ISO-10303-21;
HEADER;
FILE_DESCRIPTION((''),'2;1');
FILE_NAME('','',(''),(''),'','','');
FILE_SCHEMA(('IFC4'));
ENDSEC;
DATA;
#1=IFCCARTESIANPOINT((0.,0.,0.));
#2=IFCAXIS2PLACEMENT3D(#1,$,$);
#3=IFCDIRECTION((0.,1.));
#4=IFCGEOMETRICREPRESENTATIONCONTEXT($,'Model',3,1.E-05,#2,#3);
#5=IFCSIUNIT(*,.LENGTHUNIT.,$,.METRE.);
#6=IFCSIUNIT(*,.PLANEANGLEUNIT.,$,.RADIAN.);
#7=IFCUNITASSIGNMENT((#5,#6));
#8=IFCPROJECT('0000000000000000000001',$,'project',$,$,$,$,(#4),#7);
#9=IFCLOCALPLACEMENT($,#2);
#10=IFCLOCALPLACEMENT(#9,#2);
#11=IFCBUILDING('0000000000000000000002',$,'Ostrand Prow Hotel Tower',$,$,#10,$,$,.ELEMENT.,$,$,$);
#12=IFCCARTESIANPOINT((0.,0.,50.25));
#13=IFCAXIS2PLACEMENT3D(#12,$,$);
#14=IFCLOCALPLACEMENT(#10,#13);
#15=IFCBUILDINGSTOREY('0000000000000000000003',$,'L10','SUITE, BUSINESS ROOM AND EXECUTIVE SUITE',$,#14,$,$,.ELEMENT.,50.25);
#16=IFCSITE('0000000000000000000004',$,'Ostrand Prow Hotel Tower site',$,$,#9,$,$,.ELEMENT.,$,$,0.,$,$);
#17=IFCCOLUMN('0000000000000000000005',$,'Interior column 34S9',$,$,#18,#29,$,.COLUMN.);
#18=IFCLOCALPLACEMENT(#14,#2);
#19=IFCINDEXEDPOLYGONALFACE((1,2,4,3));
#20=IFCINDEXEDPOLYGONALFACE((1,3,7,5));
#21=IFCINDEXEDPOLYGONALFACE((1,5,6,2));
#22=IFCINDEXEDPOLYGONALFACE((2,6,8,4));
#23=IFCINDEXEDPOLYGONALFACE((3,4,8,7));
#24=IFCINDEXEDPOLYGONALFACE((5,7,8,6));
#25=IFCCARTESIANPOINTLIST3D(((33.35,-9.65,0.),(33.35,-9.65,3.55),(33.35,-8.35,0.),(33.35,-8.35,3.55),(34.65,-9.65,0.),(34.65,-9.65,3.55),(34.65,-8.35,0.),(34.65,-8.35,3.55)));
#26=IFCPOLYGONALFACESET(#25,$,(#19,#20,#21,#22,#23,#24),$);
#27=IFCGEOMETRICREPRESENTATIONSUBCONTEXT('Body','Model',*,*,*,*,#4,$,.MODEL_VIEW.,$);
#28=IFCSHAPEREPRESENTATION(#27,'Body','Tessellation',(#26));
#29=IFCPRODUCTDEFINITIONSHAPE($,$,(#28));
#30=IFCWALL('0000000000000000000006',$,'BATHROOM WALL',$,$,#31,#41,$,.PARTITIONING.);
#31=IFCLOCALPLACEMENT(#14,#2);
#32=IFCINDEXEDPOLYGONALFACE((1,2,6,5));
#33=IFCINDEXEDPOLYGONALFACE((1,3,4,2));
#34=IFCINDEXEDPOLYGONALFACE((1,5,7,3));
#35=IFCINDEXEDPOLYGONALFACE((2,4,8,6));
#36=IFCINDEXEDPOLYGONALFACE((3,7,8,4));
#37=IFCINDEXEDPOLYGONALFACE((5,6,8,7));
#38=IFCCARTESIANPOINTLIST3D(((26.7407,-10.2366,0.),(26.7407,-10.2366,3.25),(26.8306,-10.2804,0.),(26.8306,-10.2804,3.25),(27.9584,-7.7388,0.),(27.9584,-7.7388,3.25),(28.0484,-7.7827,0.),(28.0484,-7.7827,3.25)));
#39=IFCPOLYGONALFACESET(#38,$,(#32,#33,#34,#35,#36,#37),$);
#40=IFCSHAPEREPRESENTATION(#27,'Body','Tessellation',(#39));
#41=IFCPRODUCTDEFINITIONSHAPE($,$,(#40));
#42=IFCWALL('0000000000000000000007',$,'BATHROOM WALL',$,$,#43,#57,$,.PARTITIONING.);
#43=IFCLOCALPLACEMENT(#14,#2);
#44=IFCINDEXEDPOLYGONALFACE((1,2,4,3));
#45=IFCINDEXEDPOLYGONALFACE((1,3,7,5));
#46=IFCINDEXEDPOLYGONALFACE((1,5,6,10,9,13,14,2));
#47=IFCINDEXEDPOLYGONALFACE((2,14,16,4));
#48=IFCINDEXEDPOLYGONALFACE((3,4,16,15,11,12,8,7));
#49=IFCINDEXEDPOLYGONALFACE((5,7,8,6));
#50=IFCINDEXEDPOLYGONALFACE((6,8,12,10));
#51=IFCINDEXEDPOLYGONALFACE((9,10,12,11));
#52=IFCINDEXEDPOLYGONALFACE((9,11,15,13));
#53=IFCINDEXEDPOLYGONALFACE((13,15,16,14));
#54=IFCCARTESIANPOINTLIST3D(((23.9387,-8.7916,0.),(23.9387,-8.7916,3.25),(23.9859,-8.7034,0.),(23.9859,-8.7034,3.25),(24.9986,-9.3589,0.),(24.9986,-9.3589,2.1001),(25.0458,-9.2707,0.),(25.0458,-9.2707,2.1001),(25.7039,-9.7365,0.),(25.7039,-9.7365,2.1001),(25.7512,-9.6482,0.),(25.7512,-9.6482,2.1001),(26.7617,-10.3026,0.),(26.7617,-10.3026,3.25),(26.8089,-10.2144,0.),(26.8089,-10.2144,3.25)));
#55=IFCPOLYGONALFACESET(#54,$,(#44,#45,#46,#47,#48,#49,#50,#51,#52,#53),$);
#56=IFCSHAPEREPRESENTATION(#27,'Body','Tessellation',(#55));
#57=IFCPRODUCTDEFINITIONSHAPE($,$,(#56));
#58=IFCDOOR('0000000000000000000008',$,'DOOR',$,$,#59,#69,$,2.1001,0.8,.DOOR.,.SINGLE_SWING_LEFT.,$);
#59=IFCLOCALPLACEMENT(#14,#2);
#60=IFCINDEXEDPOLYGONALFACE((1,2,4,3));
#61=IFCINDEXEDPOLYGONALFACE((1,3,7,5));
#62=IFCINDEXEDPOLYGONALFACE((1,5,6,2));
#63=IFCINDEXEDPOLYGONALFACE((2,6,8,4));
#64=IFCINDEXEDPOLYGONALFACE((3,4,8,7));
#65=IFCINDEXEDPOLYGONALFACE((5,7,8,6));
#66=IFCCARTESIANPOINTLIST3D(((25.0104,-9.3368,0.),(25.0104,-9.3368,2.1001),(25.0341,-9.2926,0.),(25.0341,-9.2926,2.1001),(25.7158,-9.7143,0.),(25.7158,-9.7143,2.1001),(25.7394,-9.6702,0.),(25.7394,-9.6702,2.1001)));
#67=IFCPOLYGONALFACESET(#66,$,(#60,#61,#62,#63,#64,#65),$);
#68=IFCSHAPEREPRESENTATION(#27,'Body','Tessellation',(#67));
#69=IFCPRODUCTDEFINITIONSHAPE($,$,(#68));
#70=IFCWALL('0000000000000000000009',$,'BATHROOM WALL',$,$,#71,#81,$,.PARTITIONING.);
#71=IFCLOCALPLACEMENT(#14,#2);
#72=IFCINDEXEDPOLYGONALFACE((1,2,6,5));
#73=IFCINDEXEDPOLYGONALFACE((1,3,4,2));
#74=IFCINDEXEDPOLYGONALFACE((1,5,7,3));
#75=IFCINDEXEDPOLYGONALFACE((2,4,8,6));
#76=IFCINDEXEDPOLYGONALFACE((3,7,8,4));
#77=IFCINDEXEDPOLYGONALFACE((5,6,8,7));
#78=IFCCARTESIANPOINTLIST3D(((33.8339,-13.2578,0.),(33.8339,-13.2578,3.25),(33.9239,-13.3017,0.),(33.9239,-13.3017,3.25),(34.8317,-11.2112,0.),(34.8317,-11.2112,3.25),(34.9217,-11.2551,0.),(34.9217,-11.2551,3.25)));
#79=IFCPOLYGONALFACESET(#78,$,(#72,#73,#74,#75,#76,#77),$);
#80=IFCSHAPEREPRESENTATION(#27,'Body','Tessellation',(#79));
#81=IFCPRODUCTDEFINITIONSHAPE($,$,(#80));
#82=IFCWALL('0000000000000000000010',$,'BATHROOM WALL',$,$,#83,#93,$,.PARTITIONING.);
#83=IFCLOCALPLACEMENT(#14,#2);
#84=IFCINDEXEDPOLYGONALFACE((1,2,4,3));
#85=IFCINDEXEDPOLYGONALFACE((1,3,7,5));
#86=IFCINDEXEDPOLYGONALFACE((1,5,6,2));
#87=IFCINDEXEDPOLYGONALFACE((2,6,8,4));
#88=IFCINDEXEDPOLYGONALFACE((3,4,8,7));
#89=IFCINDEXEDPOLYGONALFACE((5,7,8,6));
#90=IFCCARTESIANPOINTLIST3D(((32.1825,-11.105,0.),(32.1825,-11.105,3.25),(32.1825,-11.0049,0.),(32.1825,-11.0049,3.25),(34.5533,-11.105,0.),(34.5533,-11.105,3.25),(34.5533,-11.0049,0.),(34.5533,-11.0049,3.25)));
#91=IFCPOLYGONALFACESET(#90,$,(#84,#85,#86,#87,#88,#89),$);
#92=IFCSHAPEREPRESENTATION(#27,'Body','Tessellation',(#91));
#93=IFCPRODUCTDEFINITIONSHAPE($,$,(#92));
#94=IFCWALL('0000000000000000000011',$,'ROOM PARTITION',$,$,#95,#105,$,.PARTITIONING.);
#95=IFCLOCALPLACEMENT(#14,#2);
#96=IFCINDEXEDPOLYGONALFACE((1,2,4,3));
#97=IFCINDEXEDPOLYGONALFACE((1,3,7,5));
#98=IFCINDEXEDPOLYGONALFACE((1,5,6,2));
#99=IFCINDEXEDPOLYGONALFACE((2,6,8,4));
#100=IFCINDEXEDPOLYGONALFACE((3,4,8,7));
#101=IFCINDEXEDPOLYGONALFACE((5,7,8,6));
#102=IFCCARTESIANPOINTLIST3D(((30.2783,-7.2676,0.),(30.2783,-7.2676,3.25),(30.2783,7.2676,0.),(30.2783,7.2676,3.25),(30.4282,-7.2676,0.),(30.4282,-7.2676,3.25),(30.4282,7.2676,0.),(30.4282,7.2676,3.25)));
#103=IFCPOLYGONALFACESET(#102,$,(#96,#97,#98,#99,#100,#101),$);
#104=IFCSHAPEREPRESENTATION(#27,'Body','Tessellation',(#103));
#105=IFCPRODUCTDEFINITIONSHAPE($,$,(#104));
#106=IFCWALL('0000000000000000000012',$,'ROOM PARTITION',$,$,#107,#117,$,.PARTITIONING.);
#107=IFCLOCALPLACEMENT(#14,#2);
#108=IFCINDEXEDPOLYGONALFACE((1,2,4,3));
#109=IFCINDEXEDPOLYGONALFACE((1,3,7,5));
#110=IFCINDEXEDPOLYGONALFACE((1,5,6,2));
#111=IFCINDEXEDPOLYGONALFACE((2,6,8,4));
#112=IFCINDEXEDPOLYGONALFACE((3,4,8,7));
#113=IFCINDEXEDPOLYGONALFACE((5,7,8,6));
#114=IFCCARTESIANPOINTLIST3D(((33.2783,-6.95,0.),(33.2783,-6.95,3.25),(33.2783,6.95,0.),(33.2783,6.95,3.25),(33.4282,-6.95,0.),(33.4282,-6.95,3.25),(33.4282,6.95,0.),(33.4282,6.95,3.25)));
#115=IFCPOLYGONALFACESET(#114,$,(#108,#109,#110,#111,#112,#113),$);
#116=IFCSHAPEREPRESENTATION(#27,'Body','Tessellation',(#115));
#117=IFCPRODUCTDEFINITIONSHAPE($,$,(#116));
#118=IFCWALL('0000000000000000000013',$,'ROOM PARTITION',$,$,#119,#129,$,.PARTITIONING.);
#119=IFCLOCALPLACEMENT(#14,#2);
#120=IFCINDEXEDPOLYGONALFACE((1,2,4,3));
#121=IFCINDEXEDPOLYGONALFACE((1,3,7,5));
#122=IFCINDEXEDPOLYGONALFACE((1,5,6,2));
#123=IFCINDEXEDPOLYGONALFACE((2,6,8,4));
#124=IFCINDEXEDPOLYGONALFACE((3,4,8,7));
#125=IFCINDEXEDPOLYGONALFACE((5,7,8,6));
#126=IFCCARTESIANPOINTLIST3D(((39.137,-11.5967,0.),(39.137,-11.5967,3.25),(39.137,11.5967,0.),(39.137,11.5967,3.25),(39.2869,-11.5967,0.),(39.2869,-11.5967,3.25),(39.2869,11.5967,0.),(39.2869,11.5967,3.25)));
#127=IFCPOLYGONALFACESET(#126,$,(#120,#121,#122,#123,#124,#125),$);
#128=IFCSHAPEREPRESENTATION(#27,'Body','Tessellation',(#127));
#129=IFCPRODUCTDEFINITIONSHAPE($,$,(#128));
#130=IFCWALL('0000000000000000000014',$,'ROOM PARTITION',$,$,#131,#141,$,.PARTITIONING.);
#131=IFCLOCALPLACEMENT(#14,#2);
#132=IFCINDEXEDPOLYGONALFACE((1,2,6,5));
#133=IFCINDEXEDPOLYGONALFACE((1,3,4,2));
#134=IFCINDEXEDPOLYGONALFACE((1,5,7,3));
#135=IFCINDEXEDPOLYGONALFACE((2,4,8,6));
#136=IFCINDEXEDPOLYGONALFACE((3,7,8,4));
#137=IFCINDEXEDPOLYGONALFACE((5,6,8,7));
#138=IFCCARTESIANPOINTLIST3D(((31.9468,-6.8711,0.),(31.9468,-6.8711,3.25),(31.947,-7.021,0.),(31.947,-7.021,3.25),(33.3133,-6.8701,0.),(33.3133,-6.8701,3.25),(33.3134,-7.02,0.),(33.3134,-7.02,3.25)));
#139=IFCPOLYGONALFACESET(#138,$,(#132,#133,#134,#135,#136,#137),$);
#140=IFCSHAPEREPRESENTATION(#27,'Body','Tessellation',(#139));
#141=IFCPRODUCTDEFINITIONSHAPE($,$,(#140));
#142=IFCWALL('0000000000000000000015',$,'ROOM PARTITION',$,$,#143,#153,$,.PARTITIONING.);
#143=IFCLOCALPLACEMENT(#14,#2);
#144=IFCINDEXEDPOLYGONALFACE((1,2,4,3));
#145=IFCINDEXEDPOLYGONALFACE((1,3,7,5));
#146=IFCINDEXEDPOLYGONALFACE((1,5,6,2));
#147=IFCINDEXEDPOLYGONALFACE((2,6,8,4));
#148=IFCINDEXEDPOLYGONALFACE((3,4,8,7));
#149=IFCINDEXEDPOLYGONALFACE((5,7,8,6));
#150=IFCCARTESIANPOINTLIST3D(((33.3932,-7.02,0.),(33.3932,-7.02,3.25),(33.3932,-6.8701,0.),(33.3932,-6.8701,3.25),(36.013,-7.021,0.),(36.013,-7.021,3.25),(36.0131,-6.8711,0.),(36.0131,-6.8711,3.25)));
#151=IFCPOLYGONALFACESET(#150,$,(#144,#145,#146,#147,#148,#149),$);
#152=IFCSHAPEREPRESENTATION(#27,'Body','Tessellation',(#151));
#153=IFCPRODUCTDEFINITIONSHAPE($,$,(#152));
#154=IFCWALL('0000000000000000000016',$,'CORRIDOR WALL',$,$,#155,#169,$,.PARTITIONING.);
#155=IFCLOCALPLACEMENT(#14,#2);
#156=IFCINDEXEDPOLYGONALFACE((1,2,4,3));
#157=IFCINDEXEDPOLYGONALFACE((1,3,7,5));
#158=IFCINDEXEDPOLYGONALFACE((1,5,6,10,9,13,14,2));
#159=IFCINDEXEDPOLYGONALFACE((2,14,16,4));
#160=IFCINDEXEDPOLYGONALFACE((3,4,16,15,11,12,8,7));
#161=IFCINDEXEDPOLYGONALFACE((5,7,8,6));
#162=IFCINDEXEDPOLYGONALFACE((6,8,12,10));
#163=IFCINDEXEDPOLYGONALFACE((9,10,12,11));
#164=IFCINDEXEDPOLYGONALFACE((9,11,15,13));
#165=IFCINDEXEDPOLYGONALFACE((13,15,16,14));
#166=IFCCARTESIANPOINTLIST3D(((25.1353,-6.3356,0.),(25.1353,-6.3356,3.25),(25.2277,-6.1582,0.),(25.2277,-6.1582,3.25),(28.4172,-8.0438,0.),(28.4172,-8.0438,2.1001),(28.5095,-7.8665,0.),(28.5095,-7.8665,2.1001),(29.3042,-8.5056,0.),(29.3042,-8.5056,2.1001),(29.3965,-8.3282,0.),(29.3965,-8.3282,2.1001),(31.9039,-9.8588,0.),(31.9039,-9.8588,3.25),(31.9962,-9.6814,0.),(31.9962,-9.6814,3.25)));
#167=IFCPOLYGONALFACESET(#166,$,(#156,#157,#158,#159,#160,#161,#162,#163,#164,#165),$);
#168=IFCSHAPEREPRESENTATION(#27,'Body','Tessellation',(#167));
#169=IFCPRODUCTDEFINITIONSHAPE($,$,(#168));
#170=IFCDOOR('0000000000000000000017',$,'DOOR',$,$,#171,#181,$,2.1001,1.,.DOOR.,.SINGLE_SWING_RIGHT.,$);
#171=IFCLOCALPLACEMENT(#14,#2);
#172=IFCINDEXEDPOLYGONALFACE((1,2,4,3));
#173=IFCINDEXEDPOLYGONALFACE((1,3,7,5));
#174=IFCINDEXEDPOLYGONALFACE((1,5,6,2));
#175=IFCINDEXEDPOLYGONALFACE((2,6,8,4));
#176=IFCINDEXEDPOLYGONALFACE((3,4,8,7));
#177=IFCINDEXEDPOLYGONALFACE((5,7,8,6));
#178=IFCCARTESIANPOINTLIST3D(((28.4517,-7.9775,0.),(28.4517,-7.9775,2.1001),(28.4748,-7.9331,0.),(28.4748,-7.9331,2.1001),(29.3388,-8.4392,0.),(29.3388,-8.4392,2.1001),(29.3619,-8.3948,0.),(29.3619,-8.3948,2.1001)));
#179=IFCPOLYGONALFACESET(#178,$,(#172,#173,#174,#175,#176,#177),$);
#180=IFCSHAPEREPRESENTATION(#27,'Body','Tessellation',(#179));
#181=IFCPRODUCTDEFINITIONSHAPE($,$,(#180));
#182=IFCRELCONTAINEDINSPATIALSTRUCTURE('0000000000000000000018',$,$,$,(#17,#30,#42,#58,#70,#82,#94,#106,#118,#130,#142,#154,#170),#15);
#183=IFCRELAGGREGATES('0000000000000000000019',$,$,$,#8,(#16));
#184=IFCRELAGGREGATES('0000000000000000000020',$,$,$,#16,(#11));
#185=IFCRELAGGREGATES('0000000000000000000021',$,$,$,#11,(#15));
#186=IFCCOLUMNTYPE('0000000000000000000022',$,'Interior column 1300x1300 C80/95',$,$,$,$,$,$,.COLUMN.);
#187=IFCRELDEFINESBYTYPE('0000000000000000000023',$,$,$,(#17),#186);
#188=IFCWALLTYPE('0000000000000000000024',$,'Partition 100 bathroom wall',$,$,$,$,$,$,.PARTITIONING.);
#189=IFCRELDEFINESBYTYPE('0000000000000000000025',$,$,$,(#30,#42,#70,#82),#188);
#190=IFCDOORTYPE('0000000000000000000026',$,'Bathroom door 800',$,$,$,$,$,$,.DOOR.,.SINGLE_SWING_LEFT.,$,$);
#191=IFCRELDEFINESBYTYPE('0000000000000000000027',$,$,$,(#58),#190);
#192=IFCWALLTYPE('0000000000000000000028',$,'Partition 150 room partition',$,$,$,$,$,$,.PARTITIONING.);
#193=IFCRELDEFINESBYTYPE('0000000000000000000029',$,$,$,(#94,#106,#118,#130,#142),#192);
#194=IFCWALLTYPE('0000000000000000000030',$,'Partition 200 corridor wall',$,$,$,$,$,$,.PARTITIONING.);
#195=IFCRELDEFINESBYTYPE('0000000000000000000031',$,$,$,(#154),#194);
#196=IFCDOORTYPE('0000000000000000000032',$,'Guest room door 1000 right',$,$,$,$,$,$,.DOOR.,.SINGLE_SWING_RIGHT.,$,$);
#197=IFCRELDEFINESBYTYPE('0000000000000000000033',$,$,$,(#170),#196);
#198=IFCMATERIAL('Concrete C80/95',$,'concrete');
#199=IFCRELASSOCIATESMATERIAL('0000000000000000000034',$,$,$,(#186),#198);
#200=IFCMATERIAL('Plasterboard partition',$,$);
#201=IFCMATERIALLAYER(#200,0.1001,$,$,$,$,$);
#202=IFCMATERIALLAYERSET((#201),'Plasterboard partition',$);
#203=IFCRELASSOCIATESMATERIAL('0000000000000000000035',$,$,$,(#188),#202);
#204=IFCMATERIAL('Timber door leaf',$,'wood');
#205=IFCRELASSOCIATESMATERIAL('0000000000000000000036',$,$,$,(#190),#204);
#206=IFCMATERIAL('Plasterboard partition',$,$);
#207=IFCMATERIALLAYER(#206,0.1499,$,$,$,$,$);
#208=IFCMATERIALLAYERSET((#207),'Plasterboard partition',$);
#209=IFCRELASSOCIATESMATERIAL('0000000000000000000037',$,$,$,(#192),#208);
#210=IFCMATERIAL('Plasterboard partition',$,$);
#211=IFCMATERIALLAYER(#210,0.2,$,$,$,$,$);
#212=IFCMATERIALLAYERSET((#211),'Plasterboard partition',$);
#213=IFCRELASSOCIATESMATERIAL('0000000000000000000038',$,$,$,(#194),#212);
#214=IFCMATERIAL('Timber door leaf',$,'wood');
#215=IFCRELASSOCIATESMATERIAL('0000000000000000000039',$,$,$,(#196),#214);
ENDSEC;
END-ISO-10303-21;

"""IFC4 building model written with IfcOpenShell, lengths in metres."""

from ifc_helpers import new_model, si_unit, direction, frame, frame_2d, origin, origin_2d, place, context, subcontext, project, spatial, rectangle, extrude, material, layer, layer_set, material_profile, profile_set, type_object, element, fill, save


model = new_model("IFC4")

# Units and contexts
model_context = context("Model", 3, precision=1e-05, world=origin(), true_north=direction((0.0, 1.0)))
body_context = subcontext(model_context, "Body", "Model", "MODEL_VIEW")
ifc_project = project(units=[si_unit("LENGTHUNIT", "METRE"), si_unit("PLANEANGLEUNIT", "RADIAN")], contexts=[model_context])

# Site, building, storey
site_placement = place(None, origin())
site = spatial("IfcSite", under=ifc_project, at=site_placement, Name="Ostrand Prow Hotel Tower site", CompositionType="ELEMENT", RefElevation=0.0)
building_placement = place(site_placement, origin())
building = spatial("IfcBuilding", under=site, at=building_placement, Name="Ostrand Prow Hotel Tower", CompositionType="ELEMENT")
storey_placement = place(building_placement, frame((0.0, 0.0, 50.25)))
storey = spatial("IfcBuildingStorey", under=building, at=storey_placement, Name="L10", Description="SUITE, BUSINESS ROOM AND EXECUTIVE SUITE", CompositionType="ELEMENT", Elevation=50.25)

# Column
ifc_material_1 = material(Name="Concrete C80/95", Category="concrete")
ifc_material_profile = material_profile(ifc_material_1, rectangle(XDim=1.3, YDim=1.3, at=origin_2d()), Name="RC 1300x1300")
ifc_profile_set = profile_set([ifc_material_profile], Name="Concrete C80/95")
column_type = type_object("IfcColumnType", Name="Interior column 1300x1300 C80/95", PredefinedType="COLUMN", material=ifc_profile_set)
column_placement = place(storey_placement, frame((34.0, -9.0, 0.0), z_axis=(0.0, 0.0, 1.0), x_axis=(1.0, 0.0, 0.0)))
element("IfcColumn", 1, at=column_placement, inside=storey, type_object=column_type, Name="Interior column 34S9", PredefinedType="COLUMN", context=body_context, shape_type="SweptSolid", body=[
    extrude(rectangle(XDim=1.3, YDim=1.3, at=origin_2d()), origin(), (0.0, 0.0, 1.0), 3.55),
])

# Wall
ifc_material_2 = material(Name="Plasterboard partition")
ifc_layer_1 = layer(ifc_material_2, 0.1001)
ifc_layer_set_1 = layer_set([ifc_layer_1], Name="Plasterboard partition")
wall_type_1 = type_object("IfcWallType", Name="Partition 100 bathroom wall", PredefinedType="PARTITIONING", material=ifc_layer_set_1)
wall_1_placement = place(storey_placement, frame((28.0034, -7.7607, 0.0), z_axis=(0.0, 0.0, 1.0), x_axis=(-0.43823, -0.898863, 0.0)))
element("IfcWall", 2, at=wall_1_placement, inside=storey, type_object=wall_type_1, Name="BATHROOM WALL", PredefinedType="PARTITIONING", context=body_context, shape_type="SweptSolid", body=[
    extrude(rectangle(XDim=2.7788, YDim=0.1001, at=frame_2d((1.3894, 0.0))), origin(), (0.0, 0.0, 1.0), 3.25),
])

# Wall, opening, door
wall_2_placement = place(storey_placement, frame((26.7854, -10.2585, 0.0), z_axis=(0.0, 0.0, 1.0), x_axis=(-0.881653, 0.471898, 0.0)))
wall_2 = element("IfcWall", 3, at=wall_2_placement, inside=storey, type_object=wall_type_1, Name="BATHROOM WALL", PredefinedType="PARTITIONING", context=body_context, shape_type="SweptSolid", body=[
    extrude(rectangle(XDim=3.2019, YDim=0.1001, at=frame_2d((1.6011, 0.0))), origin(), (0.0, 0.0, 1.0), 3.25),
])
opening_1_placement = place(wall_2_placement, frame((1.2, 0.0, 0.0)))
opening_1 = element("IfcOpeningElement", 4, at=opening_1_placement, cuts=wall_2, PredefinedType="OPENING", context=body_context, shape_type="SweptSolid", body=[
    extrude(rectangle(XDim=0.8, YDim=2.1001, at=frame_2d((0.3999, 1.05))), frame((0.0, 0.0601, 0.0), z_axis=(0.0, -1.0, 0.0), x_axis=(1.0, 0.0, 0.0)), (0.0, 0.0, 1.0), 0.1201),
])
ifc_material_3 = material(Name="Timber door leaf", Category="wood")
door_type_1 = type_object("IfcDoorType", Name="Bathroom door 800", OperationType="SINGLE_SWING_LEFT", PredefinedType="DOOR", material=ifc_material_3)
door_1_placement = place(opening_1_placement, origin())
door_1 = element("IfcDoor", 5, at=door_1_placement, inside=storey, type_object=door_type_1, Name="DOOR", OperationType="SINGLE_SWING_LEFT", OverallHeight=2.1001, OverallWidth=0.8, PredefinedType="DOOR", context=body_context, shape_type="SweptSolid", body=[
    extrude(rectangle(XDim=0.8, YDim=2.1001, at=frame_2d((0.3999, 1.05))), frame((0.0, 0.0249, 0.0), z_axis=(0.0, -1.0, 0.0), x_axis=(1.0, 0.0, 0.0)), (0.0, 0.0, 1.0), 0.05),
])
fill(opening_1, door_1)

# Walls
wall_3_placement = place(storey_placement, frame((34.8767, -11.2332, 0.0), z_axis=(0.0, 0.0, 1.0), x_axis=(-0.438227, -0.898864, 0.0)))
element("IfcWall", 6, at=wall_3_placement, inside=storey, type_object=wall_type_1, Name="BATHROOM WALL", PredefinedType="PARTITIONING", context=body_context, shape_type="SweptSolid", body=[
    extrude(rectangle(XDim=2.2769, YDim=0.1001, at=frame_2d((1.1384, 0.0))), origin(), (0.0, 0.0, 1.0), 3.25),
])
wall_4_placement = place(storey_placement, frame((32.1824, -11.0549, 0.0), z_axis=(0.0, 0.0, 1.0), x_axis=(1.0, 0.0, 0.0)))
element("IfcWall", 7, at=wall_4_placement, inside=storey, type_object=wall_type_1, Name="BATHROOM WALL", PredefinedType="PARTITIONING", context=body_context, shape_type="SweptSolid", body=[
    extrude(rectangle(XDim=2.3708, YDim=0.1001, at=frame_2d((1.1855, 0.0))), origin(), (0.0, 0.0, 1.0), 3.25),
])
ifc_material_4 = material(Name="Plasterboard partition")
ifc_layer_2 = layer(ifc_material_4, 0.1499)
ifc_layer_set_2 = layer_set([ifc_layer_2], Name="Plasterboard partition")
wall_type_2 = type_object("IfcWallType", Name="Partition 150 room partition", PredefinedType="PARTITIONING", material=ifc_layer_set_2)
wall_5_placement = place(storey_placement, frame((30.3533, -7.2676, 0.0), z_axis=(0.0, 0.0, 1.0), x_axis=(0.0, 1.0, 0.0)))
element("IfcWall", 8, at=wall_5_placement, inside=storey, type_object=wall_type_2, Name="ROOM PARTITION", PredefinedType="PARTITIONING", context=body_context, shape_type="SweptSolid", body=[
    extrude(rectangle(XDim=14.5352, YDim=0.1499, at=frame_2d((7.2676, 0.0))), origin(), (0.0, 0.0, 1.0), 3.25),
])
wall_6_placement = place(storey_placement, frame((33.3533, -6.95, 0.0), z_axis=(0.0, 0.0, 1.0), x_axis=(0.0, 1.0, 0.0)))
element("IfcWall", 9, at=wall_6_placement, inside=storey, type_object=wall_type_2, Name="ROOM PARTITION", PredefinedType="PARTITIONING", context=body_context, shape_type="SweptSolid", body=[
    extrude(rectangle(XDim=13.8999, YDim=0.1499, at=frame_2d((6.95, 0.0))), origin(), (0.0, 0.0, 1.0), 3.25),
])
wall_7_placement = place(storey_placement, frame((39.2119, -11.5967, 0.0), z_axis=(0.0, 0.0, 1.0), x_axis=(0.0, 1.0, 0.0)))
element("IfcWall", 10, at=wall_7_placement, inside=storey, type_object=wall_type_2, Name="ROOM PARTITION", PredefinedType="PARTITIONING", context=body_context, shape_type="SweptSolid", body=[
    extrude(rectangle(XDim=23.1934, YDim=0.1499, at=frame_2d((11.5967, 0.0))), origin(), (0.0, 0.0, 1.0), 3.25),
])
wall_8_placement = place(storey_placement, frame((33.3132, -6.9451, 0.0), z_axis=(0.0, 0.0, 1.0), x_axis=(-1.0, -0.000715, 0.0)))
element("IfcWall", 11, at=wall_8_placement, inside=storey, type_object=wall_type_2, Name="ROOM PARTITION", PredefinedType="PARTITIONING", context=body_context, shape_type="SweptSolid", body=[
    extrude(rectangle(XDim=1.3665, YDim=0.1499, at=frame_2d((0.6831, 0.0))), origin(), (0.0, 0.0, 1.0), 3.25),
])
wall_9_placement = place(storey_placement, frame((36.0132, -6.946, 0.0), z_axis=(0.0, 0.0, 1.0), x_axis=(-1.0, 0.000373, 0.0)))
element("IfcWall", 12, at=wall_9_placement, inside=storey, type_object=wall_type_2, Name="ROOM PARTITION", PredefinedType="PARTITIONING", context=body_context, shape_type="SweptSolid", body=[
    extrude(rectangle(XDim=2.6199, YDim=0.1499, at=frame_2d((1.3101, 0.0))), origin(), (0.0, 0.0, 1.0), 3.25),
])

# Wall, opening, door
ifc_material_5 = material(Name="Plasterboard partition")
ifc_layer_3 = layer(ifc_material_5, 0.2)
ifc_layer_set_3 = layer_set([ifc_layer_3], Name="Plasterboard partition")
wall_type_3 = type_object("IfcWallType", Name="Partition 200 corridor wall", PredefinedType="PARTITIONING", material=ifc_layer_set_3)
wall_10_placement = place(storey_placement, frame((25.1814, -6.2468, 0.0), z_axis=(0.0, 0.0, 1.0), x_axis=(0.887027, -0.461718, 0.0)))
wall_10 = element("IfcWall", 13, at=wall_10_placement, inside=storey, type_object=wall_type_3, Name="CORRIDOR WALL", PredefinedType="PARTITIONING", context=body_context, shape_type="SweptSolid", body=[
    extrude(rectangle(XDim=7.6306, YDim=0.2, at=frame_2d((3.8154, 0.0))), origin(), (0.0, 0.0, 1.0), 3.25),
])
opening_2_placement = place(wall_10_placement, frame((3.7, 0.0, 0.0)))
opening_2 = element("IfcOpeningElement", 14, at=opening_2_placement, cuts=wall_10, PredefinedType="OPENING", context=body_context, shape_type="SweptSolid", body=[
    extrude(rectangle(XDim=1.0, YDim=2.1001, at=frame_2d((0.5, 1.05))), frame((0.0, 0.1099, 0.0), z_axis=(0.0, -1.0, 0.0), x_axis=(1.0, 0.0, 0.0)), (0.0, 0.0, 1.0), 0.22),
])
ifc_material_6 = material(Name="Timber door leaf", Category="wood")
door_type_2 = type_object("IfcDoorType", Name="Guest room door 1000 right", OperationType="SINGLE_SWING_RIGHT", PredefinedType="DOOR", material=ifc_material_6)
door_2_placement = place(opening_2_placement, origin())
door_2 = element("IfcDoor", 15, at=door_2_placement, inside=storey, type_object=door_type_2, Name="DOOR", OperationType="SINGLE_SWING_RIGHT", OverallHeight=2.1001, OverallWidth=1.0, PredefinedType="DOOR", context=body_context, shape_type="SweptSolid", body=[
    extrude(rectangle(XDim=1.0, YDim=2.1001, at=frame_2d((0.5, 1.05))), frame((0.0, 0.0249, 0.0), z_axis=(0.0, -1.0, 0.0), x_axis=(1.0, 0.0, 0.0)), (0.0, 0.0, 1.0), 0.05),
])
fill(opening_2, door_2)

save(model, "model.ifc")
